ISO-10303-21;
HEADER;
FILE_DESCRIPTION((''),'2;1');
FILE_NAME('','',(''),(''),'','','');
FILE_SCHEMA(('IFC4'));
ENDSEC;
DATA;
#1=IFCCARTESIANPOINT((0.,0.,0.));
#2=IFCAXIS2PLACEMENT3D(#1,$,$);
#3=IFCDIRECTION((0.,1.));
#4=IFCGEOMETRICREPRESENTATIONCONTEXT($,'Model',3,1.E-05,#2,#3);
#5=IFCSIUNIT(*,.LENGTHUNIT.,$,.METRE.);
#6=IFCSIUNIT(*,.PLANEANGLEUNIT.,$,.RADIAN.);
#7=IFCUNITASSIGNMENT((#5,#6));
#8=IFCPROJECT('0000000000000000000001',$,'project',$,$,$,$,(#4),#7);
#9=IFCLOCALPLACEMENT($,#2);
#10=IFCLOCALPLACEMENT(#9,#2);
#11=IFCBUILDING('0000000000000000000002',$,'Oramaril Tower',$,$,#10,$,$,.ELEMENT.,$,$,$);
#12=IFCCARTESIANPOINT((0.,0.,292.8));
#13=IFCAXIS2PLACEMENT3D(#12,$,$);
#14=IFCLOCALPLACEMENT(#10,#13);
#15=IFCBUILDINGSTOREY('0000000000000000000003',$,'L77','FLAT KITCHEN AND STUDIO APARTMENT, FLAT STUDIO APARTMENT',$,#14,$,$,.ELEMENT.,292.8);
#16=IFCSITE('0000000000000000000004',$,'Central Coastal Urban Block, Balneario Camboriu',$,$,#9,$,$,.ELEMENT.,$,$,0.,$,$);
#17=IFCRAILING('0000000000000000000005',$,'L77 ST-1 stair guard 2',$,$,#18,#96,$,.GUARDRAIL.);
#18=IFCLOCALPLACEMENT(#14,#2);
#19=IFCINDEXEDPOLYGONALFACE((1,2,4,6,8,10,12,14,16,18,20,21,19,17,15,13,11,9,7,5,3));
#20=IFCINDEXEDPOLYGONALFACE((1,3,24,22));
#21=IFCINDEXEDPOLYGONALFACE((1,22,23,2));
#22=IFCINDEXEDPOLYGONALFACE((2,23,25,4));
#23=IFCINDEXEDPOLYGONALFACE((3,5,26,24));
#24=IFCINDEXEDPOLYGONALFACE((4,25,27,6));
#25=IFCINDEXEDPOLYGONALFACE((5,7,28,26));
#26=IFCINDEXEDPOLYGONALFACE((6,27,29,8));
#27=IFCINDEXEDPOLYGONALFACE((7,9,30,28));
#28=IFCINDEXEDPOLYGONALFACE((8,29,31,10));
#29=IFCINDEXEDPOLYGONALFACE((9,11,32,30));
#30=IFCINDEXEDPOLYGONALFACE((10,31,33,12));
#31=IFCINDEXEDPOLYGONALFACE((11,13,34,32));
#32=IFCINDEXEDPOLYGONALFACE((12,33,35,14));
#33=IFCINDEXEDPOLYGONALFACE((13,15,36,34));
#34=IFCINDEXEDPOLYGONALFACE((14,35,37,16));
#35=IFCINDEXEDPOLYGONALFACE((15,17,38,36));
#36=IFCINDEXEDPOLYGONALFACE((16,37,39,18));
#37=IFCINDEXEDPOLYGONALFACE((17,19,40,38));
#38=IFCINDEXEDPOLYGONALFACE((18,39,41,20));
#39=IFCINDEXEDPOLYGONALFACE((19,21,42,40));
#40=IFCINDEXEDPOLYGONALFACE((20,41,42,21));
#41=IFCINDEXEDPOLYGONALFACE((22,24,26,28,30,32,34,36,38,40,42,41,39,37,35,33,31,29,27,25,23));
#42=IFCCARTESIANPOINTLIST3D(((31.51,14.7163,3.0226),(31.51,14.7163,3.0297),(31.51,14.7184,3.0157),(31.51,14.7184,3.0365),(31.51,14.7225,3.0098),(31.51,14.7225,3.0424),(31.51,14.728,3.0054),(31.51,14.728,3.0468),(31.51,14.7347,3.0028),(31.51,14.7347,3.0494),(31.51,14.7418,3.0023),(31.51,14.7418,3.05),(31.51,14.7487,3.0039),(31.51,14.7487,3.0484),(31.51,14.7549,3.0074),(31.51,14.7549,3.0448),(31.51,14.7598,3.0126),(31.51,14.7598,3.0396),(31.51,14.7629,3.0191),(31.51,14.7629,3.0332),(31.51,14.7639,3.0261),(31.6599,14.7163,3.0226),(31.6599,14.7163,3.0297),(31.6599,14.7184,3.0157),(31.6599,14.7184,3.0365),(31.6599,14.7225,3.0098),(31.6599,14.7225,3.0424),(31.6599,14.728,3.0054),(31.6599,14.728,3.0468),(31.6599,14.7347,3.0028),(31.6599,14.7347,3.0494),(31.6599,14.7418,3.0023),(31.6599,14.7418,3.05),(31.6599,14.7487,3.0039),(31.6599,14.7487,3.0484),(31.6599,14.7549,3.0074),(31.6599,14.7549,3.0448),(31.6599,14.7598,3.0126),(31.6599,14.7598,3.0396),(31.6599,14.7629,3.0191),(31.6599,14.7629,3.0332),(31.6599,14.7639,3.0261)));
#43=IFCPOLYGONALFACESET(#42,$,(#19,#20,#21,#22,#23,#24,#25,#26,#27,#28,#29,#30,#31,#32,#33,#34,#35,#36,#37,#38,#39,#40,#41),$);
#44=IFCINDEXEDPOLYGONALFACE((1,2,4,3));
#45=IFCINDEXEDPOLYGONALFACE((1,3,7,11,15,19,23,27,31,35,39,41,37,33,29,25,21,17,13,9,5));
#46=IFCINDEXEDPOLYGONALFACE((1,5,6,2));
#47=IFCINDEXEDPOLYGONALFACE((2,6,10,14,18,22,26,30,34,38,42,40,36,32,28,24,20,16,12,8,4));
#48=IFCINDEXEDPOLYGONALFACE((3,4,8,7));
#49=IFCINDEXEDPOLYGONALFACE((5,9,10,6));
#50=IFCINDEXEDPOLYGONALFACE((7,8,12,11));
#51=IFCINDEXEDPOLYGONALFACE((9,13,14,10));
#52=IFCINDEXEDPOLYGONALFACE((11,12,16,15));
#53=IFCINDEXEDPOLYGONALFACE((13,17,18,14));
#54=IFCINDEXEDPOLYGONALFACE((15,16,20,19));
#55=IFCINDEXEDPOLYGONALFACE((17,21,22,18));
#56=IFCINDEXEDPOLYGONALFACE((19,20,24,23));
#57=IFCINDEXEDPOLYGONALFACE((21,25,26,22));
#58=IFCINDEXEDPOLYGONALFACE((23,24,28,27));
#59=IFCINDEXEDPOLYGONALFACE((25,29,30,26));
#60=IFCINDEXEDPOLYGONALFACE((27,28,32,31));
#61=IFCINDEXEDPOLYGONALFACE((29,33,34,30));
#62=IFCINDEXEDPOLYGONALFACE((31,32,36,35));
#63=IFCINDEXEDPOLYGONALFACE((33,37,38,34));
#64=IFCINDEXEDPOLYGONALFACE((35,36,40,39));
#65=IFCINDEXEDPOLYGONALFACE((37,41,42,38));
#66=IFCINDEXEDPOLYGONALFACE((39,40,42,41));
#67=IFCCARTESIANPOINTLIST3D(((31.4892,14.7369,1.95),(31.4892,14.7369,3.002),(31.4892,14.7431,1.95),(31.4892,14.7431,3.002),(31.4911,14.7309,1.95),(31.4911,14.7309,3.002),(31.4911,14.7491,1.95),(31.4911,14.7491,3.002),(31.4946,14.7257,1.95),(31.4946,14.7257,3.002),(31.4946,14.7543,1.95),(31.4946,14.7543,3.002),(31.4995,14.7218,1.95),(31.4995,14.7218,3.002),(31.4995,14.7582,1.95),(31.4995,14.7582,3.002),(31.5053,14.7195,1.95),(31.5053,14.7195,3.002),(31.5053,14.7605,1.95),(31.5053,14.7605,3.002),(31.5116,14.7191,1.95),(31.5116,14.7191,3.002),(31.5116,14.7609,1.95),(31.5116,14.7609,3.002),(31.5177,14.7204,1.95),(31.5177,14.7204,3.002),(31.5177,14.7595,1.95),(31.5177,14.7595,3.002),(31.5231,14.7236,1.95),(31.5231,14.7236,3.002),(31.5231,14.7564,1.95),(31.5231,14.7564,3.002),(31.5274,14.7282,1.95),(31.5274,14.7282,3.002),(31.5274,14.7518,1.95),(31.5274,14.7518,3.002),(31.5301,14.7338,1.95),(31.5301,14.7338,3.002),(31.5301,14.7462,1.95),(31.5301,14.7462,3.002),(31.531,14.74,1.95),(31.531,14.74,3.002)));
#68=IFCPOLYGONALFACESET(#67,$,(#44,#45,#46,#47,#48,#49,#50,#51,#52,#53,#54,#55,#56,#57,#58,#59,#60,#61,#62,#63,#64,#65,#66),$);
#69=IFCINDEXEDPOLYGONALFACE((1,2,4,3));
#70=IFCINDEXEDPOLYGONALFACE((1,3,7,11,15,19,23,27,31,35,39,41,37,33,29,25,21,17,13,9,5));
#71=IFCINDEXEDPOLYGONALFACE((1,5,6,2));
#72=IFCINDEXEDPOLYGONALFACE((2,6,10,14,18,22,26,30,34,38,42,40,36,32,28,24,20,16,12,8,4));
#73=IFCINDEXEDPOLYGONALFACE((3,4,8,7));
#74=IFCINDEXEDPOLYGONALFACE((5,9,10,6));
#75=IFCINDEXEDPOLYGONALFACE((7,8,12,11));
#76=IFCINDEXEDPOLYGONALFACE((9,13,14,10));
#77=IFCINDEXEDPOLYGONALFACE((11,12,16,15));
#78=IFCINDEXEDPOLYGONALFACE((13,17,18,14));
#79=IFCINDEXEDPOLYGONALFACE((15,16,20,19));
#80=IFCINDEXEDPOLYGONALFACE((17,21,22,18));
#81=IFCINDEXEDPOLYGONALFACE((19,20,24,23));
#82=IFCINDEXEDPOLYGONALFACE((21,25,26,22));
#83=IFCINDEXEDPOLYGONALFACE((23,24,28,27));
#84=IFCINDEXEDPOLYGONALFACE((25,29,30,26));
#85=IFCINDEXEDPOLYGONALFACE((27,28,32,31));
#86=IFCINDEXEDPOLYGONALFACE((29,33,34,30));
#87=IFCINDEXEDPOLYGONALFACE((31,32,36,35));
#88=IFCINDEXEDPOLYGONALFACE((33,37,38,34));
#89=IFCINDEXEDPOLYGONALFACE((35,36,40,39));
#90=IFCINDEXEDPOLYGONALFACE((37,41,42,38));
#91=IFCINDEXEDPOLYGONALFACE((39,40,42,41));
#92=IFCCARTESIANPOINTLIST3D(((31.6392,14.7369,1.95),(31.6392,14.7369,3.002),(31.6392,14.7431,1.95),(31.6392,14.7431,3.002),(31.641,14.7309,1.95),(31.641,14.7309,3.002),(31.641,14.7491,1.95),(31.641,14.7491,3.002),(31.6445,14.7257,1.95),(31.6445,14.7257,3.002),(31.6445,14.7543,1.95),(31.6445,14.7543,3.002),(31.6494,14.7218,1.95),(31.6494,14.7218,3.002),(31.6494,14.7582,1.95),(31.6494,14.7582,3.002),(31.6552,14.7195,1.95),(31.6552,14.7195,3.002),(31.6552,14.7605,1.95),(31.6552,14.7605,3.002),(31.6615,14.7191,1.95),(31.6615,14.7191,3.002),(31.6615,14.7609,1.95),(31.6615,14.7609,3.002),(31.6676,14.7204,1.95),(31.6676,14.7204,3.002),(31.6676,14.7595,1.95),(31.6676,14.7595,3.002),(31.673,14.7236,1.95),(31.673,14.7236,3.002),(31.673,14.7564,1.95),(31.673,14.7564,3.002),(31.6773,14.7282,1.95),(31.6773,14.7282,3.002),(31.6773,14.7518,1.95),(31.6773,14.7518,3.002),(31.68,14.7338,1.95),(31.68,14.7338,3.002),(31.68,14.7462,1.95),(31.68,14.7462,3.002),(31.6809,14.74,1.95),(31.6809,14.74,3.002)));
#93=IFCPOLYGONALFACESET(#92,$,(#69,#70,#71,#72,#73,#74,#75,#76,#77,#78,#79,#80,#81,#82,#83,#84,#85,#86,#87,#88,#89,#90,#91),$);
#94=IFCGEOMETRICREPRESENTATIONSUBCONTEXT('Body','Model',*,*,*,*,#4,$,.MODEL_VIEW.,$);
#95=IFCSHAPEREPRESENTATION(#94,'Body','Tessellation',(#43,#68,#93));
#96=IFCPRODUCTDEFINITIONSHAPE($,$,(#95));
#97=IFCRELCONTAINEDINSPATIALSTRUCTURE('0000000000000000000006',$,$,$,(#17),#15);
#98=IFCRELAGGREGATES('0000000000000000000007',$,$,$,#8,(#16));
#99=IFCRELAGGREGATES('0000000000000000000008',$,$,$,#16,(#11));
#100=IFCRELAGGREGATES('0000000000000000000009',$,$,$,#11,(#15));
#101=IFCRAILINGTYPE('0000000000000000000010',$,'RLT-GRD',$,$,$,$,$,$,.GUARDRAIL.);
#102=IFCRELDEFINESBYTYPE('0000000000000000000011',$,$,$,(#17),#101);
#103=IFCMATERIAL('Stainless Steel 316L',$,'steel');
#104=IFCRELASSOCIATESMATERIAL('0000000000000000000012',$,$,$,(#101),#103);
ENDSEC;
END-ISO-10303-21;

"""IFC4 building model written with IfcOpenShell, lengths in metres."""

from ifc_helpers import new_model, si_unit, direction, frame, origin, origin_2d, place, context, subcontext, project, spatial, circle, extrude, material, type_object, element, save


model = new_model("IFC4")

# Units and contexts
model_context = context("Model", 3, precision=1e-05, world=origin(), true_north=direction((0.0, 1.0)))
body_context = subcontext(model_context, "Body", "Model", "MODEL_VIEW")
ifc_project = project(units=[si_unit("LENGTHUNIT", "METRE"), si_unit("PLANEANGLEUNIT", "RADIAN")], contexts=[model_context])

# Site, building, storey
site_placement = place(None, origin())
site = spatial("IfcSite", under=ifc_project, at=site_placement, Name="Central Coastal Urban Block, Balneario Camboriu", CompositionType="ELEMENT", RefElevation=0.0)
building_placement = place(site_placement, origin())
building = spatial("IfcBuilding", under=site, at=building_placement, Name="Oramaril Tower", CompositionType="ELEMENT")
storey_placement = place(building_placement, frame((0.0, 0.0, 292.8)))
storey = spatial("IfcBuildingStorey", under=building, at=storey_placement, Name="L77", Description="FLAT KITCHEN AND STUDIO APARTMENT, FLAT STUDIO APARTMENT", CompositionType="ELEMENT", Elevation=292.8)

# Railing
ifc_material_1 = material(Name="Stainless Steel 316L", Category="steel")
railing_type_1 = type_object("IfcRailingType", Name="RLT-GRD", PredefinedType="GUARDRAIL", material=ifc_material_1)
railing_1_placement = place(storey_placement, frame((31.51, 14.74, 1.95)))
element("IfcRailing", 1, at=railing_1_placement, inside=storey, type_object=railing_type_1, Name="L77 ST-1 stair guard 2", PredefinedType="GUARDRAIL", context=body_context, shape_type="SweptSolid", body=[
    extrude(circle(Radius=0.0239, at=origin_2d()), frame((0.0, 0.0, 1.0762), z_axis=(1.0, 0.0, 0.0), x_axis=(0.0, 1.0, 0.0)), (0.0, 0.0, 1.0), 0.1499),
    extrude(circle(Radius=0.021, at=origin_2d()), origin(), (0.0, 0.0, 1.0), 1.052),
    extrude(circle(Radius=0.021, at=origin_2d()), frame((0.1499, 0.0, 0.0)), (0.0, 0.0, 1.0), 1.052),
])

save(model, "model.ifc")
